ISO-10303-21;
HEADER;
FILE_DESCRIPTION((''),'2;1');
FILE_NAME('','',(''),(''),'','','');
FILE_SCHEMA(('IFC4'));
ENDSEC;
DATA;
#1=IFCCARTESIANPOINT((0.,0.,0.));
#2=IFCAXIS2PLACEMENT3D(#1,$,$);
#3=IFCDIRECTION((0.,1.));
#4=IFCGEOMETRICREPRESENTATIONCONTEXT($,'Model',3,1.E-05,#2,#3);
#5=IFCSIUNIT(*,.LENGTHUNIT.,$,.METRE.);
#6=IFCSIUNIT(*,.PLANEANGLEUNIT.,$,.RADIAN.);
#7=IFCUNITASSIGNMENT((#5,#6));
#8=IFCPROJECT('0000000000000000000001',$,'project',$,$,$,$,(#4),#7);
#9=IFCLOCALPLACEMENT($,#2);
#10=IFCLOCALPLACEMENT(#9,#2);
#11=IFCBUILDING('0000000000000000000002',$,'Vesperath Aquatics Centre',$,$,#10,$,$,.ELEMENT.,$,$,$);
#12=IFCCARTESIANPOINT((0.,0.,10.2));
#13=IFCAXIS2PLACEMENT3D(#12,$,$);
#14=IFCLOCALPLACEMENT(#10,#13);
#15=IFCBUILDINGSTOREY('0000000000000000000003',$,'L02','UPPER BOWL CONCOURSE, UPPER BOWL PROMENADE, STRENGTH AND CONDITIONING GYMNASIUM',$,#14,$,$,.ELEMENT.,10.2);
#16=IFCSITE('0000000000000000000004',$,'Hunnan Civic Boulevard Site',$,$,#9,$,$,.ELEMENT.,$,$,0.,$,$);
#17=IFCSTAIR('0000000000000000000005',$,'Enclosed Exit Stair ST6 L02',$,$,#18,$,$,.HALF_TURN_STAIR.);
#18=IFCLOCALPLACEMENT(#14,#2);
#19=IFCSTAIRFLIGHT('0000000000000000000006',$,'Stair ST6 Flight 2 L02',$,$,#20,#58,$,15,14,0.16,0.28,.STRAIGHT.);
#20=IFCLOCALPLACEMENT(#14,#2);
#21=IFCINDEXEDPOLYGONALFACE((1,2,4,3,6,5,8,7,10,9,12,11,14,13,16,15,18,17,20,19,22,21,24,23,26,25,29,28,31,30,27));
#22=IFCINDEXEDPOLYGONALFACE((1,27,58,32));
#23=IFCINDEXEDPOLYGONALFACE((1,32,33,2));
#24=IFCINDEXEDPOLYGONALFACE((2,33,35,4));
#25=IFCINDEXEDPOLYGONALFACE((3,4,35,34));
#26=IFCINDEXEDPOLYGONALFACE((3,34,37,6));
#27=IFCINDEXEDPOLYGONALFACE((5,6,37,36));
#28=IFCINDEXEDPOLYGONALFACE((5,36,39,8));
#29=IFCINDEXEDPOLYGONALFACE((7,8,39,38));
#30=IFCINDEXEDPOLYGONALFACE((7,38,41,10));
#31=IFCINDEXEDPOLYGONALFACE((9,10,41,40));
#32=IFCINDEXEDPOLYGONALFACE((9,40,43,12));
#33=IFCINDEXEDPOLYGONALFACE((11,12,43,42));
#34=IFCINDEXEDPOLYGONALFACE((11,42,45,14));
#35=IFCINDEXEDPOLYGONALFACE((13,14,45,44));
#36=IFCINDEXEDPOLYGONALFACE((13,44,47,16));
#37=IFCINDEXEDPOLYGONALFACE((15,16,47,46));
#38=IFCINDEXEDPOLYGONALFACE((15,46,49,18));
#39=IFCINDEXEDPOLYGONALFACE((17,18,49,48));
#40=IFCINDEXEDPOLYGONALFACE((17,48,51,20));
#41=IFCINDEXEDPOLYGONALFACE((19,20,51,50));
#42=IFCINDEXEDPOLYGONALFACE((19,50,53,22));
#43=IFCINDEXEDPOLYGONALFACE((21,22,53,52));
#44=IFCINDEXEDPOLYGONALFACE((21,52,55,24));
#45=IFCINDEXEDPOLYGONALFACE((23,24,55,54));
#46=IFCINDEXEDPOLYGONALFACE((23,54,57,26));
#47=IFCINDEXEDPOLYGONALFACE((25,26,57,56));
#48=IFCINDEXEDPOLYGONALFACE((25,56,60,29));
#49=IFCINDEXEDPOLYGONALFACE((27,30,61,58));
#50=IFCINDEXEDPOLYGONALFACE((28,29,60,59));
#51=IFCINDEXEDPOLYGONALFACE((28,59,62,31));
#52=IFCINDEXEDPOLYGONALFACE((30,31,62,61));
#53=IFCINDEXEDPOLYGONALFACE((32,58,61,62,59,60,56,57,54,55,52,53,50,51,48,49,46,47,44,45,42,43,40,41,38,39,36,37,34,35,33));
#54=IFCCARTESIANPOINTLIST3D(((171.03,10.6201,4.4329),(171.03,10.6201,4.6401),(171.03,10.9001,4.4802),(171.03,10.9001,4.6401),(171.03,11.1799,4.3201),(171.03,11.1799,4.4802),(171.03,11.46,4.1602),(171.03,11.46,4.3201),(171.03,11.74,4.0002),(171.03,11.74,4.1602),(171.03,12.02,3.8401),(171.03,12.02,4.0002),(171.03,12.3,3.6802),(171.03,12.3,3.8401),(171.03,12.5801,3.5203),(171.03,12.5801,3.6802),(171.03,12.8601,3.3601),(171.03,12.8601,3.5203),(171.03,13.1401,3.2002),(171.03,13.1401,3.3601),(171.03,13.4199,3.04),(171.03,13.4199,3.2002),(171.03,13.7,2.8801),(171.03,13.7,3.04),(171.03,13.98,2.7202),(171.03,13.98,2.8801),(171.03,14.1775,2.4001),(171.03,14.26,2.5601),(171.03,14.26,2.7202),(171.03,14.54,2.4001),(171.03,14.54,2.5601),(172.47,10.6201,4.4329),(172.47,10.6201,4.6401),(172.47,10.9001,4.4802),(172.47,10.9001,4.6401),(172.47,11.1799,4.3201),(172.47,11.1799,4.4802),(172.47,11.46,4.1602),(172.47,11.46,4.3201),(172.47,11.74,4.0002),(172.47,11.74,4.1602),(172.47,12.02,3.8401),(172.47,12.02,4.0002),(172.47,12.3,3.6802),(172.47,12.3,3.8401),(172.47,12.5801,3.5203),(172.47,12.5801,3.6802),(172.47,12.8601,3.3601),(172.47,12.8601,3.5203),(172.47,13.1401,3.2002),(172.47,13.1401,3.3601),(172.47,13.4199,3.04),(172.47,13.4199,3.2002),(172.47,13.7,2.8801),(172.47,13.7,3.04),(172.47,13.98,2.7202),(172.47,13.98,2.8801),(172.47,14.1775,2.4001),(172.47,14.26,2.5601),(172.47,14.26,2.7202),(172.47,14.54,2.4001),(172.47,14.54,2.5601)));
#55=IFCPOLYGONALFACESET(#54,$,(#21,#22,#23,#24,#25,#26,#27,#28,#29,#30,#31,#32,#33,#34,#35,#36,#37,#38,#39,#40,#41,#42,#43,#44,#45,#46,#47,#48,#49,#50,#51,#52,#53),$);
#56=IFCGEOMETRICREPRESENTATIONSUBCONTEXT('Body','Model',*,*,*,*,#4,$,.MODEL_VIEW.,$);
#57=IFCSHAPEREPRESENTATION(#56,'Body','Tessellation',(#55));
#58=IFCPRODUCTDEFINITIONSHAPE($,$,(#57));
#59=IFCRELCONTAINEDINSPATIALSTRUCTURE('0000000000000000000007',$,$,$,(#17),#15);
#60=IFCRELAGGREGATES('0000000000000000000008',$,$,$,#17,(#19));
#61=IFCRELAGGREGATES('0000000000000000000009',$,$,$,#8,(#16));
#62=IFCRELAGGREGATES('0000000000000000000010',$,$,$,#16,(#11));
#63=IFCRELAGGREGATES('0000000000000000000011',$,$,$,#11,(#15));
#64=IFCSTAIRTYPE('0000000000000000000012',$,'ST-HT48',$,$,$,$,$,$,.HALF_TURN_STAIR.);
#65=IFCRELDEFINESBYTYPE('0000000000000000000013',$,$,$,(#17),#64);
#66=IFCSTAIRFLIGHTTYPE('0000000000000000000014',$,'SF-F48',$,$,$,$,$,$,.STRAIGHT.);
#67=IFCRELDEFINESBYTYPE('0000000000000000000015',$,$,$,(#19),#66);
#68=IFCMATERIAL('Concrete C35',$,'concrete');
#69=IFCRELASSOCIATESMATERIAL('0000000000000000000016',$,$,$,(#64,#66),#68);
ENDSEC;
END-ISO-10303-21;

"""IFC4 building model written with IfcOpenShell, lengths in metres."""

from ifc_helpers import new_model, si_unit, direction, frame, origin, place, context, subcontext, project, spatial, polyline, outline, extrude, material, type_object, element, aggregate, save


model = new_model("IFC4")

# Units and contexts
model_context = context("Model", 3, precision=1e-05, world=origin(), true_north=direction((0.0, 1.0)))
body_context = subcontext(model_context, "Body", "Model", "MODEL_VIEW")
ifc_project = project(units=[si_unit("LENGTHUNIT", "METRE"), si_unit("PLANEANGLEUNIT", "RADIAN")], contexts=[model_context])

# Site, building, storey
site_placement = place(None, origin())
site = spatial("IfcSite", under=ifc_project, at=site_placement, Name="Hunnan Civic Boulevard Site", CompositionType="ELEMENT", RefElevation=0.0)
building_placement = place(site_placement, origin())
building = spatial("IfcBuilding", under=site, at=building_placement, Name="Vesperath Aquatics Centre", CompositionType="ELEMENT")
storey_placement = place(building_placement, frame((0.0, 0.0, 10.2)))
storey = spatial("IfcBuildingStorey", under=building, at=storey_placement, Name="L02", Description="UPPER BOWL CONCOURSE, UPPER BOWL PROMENADE, STRENGTH AND CONDITIONING GYMNASIUM", CompositionType="ELEMENT", Elevation=10.2)

# Shared definitions
ifc_material_1 = material(Name="Concrete C35", Category="concrete")

# Stair, stair flight
stair_type = type_object("IfcStairType", Name="ST-HT48", PredefinedType="HALF_TURN_STAIR", material=ifc_material_1)
stair_placement = place(storey_placement, origin())
stair = element("IfcStair", 1, at=stair_placement, inside=storey, type_object=stair_type, Name="Enclosed Exit Stair ST6 L02", PredefinedType="HALF_TURN_STAIR")
stair_flight_type = type_object("IfcStairFlightType", Name="SF-F48", PredefinedType="STRAIGHT", material=ifc_material_1)
stair_flight_1_placement = place(storey_placement, frame((171.75, 14.54, 2.4001), z_axis=(0.0, 0.0, 1.0), x_axis=(0.0, -1.0, 0.0)))
stair_flight_1 = element("IfcStairFlight", 2, at=stair_flight_1_placement, type_object=stair_flight_type, Name="Stair ST6 Flight 2 L02", NumberOfRisers=15, NumberOfTreads=14, PredefinedType="STRAIGHT", RiserHeight=0.16, TreadLength=0.28, context=body_context, shape_type="SweptSolid", body=[
    extrude(outline(polyline([(0.0, 0.0), (0.0, 0.1599), (0.28, 0.1599), (0.28, 0.3201), (0.5601, 0.3201), (0.5601, 0.48), (0.8401, 0.48), (0.8401, 0.6399), (1.1201, 0.6399), (1.1201, 0.8), (1.3999, 0.8), (1.3999, 0.96), (1.6799, 0.96), (1.6799, 1.1201), (1.96, 1.1201), (1.96, 1.28), (2.24, 1.28), (2.24, 1.4399), (2.52, 1.4399), (2.52, 1.6001), (2.8, 1.6001), (2.8, 1.76), (3.0801, 1.76), (3.0801, 1.9199), (3.3601, 1.9199), (3.3601, 2.0801), (3.6399, 2.0801), (3.6399, 2.24), (3.9199, 2.24), (3.9199, 2.3999), (3.9199, 2.0327), (0.3625, 0.0), (0.0, 0.0)])), frame((0.0, 0.72, 0.0), z_axis=(0.0, -1.0, 0.0), x_axis=(1.0, 0.0, 0.0)), (0.0, 0.0, 1.0), 1.4399),
])
aggregate(stair, [stair_flight_1])

save(model, "model.ifc")
